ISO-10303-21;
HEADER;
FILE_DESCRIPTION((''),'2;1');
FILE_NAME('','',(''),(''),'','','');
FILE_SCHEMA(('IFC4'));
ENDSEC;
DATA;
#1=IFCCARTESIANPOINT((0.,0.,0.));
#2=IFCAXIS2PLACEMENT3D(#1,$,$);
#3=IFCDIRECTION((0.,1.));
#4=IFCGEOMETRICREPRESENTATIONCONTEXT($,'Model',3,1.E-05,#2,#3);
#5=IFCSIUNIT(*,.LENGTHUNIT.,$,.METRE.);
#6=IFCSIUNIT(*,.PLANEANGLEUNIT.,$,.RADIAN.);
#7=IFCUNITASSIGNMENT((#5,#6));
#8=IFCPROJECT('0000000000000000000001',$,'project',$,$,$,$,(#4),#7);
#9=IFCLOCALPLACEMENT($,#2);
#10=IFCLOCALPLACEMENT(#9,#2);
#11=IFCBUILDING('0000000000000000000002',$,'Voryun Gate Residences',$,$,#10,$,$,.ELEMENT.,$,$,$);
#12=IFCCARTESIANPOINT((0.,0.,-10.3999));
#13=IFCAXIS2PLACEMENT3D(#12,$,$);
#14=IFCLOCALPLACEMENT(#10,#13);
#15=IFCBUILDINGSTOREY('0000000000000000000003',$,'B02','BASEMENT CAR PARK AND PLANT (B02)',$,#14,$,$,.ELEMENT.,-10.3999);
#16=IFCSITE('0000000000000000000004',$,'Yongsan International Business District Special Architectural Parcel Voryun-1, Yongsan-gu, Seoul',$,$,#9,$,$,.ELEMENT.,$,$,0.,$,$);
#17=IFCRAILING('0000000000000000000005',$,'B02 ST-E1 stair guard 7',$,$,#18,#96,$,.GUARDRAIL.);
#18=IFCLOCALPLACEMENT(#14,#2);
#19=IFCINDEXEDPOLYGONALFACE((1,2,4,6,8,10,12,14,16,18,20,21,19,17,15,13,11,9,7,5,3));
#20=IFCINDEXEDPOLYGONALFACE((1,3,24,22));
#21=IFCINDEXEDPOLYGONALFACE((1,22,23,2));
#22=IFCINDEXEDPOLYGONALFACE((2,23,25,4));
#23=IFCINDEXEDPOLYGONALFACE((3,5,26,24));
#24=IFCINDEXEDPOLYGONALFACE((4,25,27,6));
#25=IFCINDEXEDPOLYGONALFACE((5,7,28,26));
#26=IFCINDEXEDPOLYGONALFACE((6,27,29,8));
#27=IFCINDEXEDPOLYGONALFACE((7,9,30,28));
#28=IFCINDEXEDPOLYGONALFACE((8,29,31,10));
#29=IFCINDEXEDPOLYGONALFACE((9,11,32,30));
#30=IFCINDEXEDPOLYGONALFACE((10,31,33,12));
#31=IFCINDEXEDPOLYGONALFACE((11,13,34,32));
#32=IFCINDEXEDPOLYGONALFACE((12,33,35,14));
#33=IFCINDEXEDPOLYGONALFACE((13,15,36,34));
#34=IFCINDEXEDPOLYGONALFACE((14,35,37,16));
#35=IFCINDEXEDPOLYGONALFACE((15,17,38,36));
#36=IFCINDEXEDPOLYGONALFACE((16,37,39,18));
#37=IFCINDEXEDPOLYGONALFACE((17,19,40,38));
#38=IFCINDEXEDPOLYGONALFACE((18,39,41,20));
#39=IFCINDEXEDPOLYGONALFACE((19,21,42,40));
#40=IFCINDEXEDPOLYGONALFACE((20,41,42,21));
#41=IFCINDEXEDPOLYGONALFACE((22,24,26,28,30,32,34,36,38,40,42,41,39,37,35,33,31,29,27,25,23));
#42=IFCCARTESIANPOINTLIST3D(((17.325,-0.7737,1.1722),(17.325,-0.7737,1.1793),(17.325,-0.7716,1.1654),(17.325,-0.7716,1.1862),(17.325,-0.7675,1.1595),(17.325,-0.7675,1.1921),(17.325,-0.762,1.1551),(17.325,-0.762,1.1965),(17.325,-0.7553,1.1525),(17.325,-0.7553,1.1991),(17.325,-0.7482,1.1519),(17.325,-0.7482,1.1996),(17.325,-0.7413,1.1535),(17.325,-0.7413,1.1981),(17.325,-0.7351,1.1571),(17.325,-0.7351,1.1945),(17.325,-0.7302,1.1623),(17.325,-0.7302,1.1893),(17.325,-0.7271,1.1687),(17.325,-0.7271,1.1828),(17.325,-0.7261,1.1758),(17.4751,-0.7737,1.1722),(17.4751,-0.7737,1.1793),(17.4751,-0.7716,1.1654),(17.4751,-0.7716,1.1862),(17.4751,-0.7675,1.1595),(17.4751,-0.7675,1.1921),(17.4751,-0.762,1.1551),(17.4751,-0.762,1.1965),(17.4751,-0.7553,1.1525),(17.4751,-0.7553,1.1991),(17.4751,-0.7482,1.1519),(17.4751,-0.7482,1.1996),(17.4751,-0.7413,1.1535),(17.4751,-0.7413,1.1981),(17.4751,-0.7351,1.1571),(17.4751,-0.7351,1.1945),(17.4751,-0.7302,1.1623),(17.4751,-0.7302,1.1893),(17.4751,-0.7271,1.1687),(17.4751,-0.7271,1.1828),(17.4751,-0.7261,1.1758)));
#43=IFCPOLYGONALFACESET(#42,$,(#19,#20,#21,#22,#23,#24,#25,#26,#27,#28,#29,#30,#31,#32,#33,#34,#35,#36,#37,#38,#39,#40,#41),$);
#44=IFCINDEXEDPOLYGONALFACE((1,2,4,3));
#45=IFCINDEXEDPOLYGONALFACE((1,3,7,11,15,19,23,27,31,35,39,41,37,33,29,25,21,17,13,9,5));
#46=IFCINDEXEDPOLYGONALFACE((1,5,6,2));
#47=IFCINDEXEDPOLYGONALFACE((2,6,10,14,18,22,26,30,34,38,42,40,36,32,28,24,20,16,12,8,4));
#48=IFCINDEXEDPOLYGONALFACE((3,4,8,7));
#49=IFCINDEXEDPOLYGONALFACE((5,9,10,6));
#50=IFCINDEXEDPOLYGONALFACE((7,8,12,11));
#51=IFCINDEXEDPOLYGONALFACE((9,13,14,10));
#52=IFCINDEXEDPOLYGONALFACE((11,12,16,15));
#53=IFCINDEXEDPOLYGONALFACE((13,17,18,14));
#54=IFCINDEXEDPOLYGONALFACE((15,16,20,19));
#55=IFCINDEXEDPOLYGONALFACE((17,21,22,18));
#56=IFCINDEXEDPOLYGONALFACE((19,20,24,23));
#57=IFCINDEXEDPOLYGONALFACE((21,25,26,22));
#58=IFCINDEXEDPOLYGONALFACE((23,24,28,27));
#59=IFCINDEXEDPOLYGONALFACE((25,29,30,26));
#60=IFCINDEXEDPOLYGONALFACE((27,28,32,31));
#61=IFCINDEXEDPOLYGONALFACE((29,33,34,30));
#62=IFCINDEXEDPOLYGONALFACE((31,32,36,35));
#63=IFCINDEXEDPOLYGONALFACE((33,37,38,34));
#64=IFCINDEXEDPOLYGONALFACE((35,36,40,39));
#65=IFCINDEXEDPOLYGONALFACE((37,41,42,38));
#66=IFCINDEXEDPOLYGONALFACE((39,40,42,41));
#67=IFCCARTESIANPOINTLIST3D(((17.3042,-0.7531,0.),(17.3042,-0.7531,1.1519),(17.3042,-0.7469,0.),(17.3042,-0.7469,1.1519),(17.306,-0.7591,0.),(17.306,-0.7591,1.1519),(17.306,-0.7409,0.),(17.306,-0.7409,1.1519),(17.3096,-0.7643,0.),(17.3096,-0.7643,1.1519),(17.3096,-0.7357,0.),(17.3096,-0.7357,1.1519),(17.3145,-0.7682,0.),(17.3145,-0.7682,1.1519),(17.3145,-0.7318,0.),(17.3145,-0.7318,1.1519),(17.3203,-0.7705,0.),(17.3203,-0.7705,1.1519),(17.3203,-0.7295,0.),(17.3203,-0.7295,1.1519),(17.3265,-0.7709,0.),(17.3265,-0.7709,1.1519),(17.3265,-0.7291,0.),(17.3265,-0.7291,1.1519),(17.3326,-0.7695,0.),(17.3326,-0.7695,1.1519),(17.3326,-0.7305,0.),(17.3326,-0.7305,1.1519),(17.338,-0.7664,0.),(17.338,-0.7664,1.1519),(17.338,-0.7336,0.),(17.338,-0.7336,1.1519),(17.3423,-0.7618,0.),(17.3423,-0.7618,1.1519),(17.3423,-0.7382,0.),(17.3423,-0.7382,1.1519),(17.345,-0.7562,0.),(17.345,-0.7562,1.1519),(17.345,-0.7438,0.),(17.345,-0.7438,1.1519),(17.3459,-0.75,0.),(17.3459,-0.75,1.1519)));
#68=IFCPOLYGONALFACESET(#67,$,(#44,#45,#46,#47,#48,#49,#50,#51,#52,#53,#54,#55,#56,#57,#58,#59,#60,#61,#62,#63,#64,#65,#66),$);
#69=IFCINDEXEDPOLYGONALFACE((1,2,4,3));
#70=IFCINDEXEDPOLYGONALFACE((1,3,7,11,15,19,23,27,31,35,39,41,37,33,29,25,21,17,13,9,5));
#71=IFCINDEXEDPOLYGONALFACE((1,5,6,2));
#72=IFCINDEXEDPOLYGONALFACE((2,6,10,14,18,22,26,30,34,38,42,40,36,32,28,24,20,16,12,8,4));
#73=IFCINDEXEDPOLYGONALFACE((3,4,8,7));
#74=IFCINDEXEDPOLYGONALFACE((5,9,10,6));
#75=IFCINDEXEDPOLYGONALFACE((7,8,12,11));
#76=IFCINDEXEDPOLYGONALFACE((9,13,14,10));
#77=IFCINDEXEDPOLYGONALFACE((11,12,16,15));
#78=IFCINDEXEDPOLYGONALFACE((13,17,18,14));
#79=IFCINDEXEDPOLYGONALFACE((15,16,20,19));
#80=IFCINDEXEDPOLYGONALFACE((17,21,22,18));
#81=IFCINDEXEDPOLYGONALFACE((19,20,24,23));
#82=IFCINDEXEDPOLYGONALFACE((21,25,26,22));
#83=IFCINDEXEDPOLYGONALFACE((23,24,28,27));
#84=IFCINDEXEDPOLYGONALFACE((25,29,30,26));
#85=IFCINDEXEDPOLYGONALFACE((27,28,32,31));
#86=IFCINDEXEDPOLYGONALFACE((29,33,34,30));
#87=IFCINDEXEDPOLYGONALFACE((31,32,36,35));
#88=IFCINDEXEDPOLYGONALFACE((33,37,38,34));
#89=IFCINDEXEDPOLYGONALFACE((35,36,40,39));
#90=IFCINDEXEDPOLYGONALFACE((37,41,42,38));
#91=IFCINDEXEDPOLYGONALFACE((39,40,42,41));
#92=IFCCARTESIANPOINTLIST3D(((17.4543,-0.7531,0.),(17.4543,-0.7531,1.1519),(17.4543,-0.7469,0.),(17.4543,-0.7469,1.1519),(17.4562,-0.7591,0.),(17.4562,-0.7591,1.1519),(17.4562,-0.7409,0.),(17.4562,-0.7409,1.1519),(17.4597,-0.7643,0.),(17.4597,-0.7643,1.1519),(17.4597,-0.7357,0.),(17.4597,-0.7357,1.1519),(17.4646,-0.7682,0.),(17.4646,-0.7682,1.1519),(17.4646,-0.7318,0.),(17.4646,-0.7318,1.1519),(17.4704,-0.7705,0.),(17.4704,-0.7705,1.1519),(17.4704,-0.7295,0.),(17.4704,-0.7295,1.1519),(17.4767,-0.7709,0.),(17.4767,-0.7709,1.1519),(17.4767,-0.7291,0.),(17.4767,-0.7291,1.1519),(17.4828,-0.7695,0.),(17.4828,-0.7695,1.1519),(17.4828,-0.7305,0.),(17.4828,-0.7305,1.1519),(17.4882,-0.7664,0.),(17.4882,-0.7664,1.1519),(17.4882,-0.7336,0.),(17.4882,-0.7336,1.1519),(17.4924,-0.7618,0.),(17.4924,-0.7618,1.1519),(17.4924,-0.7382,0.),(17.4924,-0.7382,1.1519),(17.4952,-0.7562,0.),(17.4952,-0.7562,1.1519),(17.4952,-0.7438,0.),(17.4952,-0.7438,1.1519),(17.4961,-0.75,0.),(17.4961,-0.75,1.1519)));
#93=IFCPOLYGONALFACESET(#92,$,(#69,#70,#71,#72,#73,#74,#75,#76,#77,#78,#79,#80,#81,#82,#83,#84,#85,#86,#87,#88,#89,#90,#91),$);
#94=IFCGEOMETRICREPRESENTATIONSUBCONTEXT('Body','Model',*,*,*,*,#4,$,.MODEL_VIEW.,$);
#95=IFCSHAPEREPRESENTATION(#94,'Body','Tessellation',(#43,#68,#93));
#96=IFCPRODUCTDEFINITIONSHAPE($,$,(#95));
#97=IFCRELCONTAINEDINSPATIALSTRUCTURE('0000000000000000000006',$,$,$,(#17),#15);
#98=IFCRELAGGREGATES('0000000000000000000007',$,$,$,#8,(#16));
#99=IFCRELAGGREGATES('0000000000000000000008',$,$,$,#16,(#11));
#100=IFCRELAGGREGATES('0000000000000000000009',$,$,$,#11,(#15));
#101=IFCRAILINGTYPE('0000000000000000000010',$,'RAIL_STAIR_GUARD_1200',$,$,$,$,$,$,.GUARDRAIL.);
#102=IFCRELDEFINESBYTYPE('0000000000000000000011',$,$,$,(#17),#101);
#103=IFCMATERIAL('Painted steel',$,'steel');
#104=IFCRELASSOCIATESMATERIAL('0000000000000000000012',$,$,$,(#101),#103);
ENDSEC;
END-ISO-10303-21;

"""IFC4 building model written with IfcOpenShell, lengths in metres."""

from ifc_helpers import new_model, si_unit, direction, frame, origin, origin_2d, place, context, subcontext, project, spatial, circle, extrude, material, type_object, element, save


model = new_model("IFC4")

# Units and contexts
model_context = context("Model", 3, precision=1e-05, world=origin(), true_north=direction((0.0, 1.0)))
body_context = subcontext(model_context, "Body", "Model", "MODEL_VIEW")
ifc_project = project(units=[si_unit("LENGTHUNIT", "METRE"), si_unit("PLANEANGLEUNIT", "RADIAN")], contexts=[model_context])

# Site, building, storey
site_placement = place(None, origin())
site = spatial("IfcSite", under=ifc_project, at=site_placement, Name="Yongsan International Business District Special Architectural Parcel Voryun-1, Yongsan-gu, Seoul", CompositionType="ELEMENT", RefElevation=0.0)
building_placement = place(site_placement, origin())
building = spatial("IfcBuilding", under=site, at=building_placement, Name="Voryun Gate Residences", CompositionType="ELEMENT")
storey_placement = place(building_placement, frame((0.0, 0.0, -10.3999)))
storey = spatial("IfcBuildingStorey", under=building, at=storey_placement, Name="B02", Description="BASEMENT CAR PARK AND PLANT (B02)", CompositionType="ELEMENT", Elevation=-10.3999)

# Railing
ifc_material_1 = material(Name="Painted steel", Category="steel")
railing_type_1 = type_object("IfcRailingType", Name="RAIL_STAIR_GUARD_1200", PredefinedType="GUARDRAIL", material=ifc_material_1)
railing_1_placement = place(storey_placement, frame((17.325, -0.75, 0.0)))
element("IfcRailing", 1, at=railing_1_placement, inside=storey, type_object=railing_type_1, Name="B02 ST-E1 stair guard 7", PredefinedType="GUARDRAIL", context=body_context, shape_type="SweptSolid", body=[
    extrude(circle(Radius=0.0239, at=origin_2d()), frame((0.0, 0.0, 1.1758), z_axis=(1.0, 0.0, 0.0), x_axis=(0.0, 1.0, 0.0)), (0.0, 0.0, 1.0), 0.1501),
    extrude(circle(Radius=0.021, at=origin_2d()), origin(), (0.0, 0.0, 1.0), 1.1519),
    extrude(circle(Radius=0.021, at=origin_2d()), frame((0.1501, 0.0, 0.0)), (0.0, 0.0, 1.0), 1.1519),
])

save(model, "model.ifc")
